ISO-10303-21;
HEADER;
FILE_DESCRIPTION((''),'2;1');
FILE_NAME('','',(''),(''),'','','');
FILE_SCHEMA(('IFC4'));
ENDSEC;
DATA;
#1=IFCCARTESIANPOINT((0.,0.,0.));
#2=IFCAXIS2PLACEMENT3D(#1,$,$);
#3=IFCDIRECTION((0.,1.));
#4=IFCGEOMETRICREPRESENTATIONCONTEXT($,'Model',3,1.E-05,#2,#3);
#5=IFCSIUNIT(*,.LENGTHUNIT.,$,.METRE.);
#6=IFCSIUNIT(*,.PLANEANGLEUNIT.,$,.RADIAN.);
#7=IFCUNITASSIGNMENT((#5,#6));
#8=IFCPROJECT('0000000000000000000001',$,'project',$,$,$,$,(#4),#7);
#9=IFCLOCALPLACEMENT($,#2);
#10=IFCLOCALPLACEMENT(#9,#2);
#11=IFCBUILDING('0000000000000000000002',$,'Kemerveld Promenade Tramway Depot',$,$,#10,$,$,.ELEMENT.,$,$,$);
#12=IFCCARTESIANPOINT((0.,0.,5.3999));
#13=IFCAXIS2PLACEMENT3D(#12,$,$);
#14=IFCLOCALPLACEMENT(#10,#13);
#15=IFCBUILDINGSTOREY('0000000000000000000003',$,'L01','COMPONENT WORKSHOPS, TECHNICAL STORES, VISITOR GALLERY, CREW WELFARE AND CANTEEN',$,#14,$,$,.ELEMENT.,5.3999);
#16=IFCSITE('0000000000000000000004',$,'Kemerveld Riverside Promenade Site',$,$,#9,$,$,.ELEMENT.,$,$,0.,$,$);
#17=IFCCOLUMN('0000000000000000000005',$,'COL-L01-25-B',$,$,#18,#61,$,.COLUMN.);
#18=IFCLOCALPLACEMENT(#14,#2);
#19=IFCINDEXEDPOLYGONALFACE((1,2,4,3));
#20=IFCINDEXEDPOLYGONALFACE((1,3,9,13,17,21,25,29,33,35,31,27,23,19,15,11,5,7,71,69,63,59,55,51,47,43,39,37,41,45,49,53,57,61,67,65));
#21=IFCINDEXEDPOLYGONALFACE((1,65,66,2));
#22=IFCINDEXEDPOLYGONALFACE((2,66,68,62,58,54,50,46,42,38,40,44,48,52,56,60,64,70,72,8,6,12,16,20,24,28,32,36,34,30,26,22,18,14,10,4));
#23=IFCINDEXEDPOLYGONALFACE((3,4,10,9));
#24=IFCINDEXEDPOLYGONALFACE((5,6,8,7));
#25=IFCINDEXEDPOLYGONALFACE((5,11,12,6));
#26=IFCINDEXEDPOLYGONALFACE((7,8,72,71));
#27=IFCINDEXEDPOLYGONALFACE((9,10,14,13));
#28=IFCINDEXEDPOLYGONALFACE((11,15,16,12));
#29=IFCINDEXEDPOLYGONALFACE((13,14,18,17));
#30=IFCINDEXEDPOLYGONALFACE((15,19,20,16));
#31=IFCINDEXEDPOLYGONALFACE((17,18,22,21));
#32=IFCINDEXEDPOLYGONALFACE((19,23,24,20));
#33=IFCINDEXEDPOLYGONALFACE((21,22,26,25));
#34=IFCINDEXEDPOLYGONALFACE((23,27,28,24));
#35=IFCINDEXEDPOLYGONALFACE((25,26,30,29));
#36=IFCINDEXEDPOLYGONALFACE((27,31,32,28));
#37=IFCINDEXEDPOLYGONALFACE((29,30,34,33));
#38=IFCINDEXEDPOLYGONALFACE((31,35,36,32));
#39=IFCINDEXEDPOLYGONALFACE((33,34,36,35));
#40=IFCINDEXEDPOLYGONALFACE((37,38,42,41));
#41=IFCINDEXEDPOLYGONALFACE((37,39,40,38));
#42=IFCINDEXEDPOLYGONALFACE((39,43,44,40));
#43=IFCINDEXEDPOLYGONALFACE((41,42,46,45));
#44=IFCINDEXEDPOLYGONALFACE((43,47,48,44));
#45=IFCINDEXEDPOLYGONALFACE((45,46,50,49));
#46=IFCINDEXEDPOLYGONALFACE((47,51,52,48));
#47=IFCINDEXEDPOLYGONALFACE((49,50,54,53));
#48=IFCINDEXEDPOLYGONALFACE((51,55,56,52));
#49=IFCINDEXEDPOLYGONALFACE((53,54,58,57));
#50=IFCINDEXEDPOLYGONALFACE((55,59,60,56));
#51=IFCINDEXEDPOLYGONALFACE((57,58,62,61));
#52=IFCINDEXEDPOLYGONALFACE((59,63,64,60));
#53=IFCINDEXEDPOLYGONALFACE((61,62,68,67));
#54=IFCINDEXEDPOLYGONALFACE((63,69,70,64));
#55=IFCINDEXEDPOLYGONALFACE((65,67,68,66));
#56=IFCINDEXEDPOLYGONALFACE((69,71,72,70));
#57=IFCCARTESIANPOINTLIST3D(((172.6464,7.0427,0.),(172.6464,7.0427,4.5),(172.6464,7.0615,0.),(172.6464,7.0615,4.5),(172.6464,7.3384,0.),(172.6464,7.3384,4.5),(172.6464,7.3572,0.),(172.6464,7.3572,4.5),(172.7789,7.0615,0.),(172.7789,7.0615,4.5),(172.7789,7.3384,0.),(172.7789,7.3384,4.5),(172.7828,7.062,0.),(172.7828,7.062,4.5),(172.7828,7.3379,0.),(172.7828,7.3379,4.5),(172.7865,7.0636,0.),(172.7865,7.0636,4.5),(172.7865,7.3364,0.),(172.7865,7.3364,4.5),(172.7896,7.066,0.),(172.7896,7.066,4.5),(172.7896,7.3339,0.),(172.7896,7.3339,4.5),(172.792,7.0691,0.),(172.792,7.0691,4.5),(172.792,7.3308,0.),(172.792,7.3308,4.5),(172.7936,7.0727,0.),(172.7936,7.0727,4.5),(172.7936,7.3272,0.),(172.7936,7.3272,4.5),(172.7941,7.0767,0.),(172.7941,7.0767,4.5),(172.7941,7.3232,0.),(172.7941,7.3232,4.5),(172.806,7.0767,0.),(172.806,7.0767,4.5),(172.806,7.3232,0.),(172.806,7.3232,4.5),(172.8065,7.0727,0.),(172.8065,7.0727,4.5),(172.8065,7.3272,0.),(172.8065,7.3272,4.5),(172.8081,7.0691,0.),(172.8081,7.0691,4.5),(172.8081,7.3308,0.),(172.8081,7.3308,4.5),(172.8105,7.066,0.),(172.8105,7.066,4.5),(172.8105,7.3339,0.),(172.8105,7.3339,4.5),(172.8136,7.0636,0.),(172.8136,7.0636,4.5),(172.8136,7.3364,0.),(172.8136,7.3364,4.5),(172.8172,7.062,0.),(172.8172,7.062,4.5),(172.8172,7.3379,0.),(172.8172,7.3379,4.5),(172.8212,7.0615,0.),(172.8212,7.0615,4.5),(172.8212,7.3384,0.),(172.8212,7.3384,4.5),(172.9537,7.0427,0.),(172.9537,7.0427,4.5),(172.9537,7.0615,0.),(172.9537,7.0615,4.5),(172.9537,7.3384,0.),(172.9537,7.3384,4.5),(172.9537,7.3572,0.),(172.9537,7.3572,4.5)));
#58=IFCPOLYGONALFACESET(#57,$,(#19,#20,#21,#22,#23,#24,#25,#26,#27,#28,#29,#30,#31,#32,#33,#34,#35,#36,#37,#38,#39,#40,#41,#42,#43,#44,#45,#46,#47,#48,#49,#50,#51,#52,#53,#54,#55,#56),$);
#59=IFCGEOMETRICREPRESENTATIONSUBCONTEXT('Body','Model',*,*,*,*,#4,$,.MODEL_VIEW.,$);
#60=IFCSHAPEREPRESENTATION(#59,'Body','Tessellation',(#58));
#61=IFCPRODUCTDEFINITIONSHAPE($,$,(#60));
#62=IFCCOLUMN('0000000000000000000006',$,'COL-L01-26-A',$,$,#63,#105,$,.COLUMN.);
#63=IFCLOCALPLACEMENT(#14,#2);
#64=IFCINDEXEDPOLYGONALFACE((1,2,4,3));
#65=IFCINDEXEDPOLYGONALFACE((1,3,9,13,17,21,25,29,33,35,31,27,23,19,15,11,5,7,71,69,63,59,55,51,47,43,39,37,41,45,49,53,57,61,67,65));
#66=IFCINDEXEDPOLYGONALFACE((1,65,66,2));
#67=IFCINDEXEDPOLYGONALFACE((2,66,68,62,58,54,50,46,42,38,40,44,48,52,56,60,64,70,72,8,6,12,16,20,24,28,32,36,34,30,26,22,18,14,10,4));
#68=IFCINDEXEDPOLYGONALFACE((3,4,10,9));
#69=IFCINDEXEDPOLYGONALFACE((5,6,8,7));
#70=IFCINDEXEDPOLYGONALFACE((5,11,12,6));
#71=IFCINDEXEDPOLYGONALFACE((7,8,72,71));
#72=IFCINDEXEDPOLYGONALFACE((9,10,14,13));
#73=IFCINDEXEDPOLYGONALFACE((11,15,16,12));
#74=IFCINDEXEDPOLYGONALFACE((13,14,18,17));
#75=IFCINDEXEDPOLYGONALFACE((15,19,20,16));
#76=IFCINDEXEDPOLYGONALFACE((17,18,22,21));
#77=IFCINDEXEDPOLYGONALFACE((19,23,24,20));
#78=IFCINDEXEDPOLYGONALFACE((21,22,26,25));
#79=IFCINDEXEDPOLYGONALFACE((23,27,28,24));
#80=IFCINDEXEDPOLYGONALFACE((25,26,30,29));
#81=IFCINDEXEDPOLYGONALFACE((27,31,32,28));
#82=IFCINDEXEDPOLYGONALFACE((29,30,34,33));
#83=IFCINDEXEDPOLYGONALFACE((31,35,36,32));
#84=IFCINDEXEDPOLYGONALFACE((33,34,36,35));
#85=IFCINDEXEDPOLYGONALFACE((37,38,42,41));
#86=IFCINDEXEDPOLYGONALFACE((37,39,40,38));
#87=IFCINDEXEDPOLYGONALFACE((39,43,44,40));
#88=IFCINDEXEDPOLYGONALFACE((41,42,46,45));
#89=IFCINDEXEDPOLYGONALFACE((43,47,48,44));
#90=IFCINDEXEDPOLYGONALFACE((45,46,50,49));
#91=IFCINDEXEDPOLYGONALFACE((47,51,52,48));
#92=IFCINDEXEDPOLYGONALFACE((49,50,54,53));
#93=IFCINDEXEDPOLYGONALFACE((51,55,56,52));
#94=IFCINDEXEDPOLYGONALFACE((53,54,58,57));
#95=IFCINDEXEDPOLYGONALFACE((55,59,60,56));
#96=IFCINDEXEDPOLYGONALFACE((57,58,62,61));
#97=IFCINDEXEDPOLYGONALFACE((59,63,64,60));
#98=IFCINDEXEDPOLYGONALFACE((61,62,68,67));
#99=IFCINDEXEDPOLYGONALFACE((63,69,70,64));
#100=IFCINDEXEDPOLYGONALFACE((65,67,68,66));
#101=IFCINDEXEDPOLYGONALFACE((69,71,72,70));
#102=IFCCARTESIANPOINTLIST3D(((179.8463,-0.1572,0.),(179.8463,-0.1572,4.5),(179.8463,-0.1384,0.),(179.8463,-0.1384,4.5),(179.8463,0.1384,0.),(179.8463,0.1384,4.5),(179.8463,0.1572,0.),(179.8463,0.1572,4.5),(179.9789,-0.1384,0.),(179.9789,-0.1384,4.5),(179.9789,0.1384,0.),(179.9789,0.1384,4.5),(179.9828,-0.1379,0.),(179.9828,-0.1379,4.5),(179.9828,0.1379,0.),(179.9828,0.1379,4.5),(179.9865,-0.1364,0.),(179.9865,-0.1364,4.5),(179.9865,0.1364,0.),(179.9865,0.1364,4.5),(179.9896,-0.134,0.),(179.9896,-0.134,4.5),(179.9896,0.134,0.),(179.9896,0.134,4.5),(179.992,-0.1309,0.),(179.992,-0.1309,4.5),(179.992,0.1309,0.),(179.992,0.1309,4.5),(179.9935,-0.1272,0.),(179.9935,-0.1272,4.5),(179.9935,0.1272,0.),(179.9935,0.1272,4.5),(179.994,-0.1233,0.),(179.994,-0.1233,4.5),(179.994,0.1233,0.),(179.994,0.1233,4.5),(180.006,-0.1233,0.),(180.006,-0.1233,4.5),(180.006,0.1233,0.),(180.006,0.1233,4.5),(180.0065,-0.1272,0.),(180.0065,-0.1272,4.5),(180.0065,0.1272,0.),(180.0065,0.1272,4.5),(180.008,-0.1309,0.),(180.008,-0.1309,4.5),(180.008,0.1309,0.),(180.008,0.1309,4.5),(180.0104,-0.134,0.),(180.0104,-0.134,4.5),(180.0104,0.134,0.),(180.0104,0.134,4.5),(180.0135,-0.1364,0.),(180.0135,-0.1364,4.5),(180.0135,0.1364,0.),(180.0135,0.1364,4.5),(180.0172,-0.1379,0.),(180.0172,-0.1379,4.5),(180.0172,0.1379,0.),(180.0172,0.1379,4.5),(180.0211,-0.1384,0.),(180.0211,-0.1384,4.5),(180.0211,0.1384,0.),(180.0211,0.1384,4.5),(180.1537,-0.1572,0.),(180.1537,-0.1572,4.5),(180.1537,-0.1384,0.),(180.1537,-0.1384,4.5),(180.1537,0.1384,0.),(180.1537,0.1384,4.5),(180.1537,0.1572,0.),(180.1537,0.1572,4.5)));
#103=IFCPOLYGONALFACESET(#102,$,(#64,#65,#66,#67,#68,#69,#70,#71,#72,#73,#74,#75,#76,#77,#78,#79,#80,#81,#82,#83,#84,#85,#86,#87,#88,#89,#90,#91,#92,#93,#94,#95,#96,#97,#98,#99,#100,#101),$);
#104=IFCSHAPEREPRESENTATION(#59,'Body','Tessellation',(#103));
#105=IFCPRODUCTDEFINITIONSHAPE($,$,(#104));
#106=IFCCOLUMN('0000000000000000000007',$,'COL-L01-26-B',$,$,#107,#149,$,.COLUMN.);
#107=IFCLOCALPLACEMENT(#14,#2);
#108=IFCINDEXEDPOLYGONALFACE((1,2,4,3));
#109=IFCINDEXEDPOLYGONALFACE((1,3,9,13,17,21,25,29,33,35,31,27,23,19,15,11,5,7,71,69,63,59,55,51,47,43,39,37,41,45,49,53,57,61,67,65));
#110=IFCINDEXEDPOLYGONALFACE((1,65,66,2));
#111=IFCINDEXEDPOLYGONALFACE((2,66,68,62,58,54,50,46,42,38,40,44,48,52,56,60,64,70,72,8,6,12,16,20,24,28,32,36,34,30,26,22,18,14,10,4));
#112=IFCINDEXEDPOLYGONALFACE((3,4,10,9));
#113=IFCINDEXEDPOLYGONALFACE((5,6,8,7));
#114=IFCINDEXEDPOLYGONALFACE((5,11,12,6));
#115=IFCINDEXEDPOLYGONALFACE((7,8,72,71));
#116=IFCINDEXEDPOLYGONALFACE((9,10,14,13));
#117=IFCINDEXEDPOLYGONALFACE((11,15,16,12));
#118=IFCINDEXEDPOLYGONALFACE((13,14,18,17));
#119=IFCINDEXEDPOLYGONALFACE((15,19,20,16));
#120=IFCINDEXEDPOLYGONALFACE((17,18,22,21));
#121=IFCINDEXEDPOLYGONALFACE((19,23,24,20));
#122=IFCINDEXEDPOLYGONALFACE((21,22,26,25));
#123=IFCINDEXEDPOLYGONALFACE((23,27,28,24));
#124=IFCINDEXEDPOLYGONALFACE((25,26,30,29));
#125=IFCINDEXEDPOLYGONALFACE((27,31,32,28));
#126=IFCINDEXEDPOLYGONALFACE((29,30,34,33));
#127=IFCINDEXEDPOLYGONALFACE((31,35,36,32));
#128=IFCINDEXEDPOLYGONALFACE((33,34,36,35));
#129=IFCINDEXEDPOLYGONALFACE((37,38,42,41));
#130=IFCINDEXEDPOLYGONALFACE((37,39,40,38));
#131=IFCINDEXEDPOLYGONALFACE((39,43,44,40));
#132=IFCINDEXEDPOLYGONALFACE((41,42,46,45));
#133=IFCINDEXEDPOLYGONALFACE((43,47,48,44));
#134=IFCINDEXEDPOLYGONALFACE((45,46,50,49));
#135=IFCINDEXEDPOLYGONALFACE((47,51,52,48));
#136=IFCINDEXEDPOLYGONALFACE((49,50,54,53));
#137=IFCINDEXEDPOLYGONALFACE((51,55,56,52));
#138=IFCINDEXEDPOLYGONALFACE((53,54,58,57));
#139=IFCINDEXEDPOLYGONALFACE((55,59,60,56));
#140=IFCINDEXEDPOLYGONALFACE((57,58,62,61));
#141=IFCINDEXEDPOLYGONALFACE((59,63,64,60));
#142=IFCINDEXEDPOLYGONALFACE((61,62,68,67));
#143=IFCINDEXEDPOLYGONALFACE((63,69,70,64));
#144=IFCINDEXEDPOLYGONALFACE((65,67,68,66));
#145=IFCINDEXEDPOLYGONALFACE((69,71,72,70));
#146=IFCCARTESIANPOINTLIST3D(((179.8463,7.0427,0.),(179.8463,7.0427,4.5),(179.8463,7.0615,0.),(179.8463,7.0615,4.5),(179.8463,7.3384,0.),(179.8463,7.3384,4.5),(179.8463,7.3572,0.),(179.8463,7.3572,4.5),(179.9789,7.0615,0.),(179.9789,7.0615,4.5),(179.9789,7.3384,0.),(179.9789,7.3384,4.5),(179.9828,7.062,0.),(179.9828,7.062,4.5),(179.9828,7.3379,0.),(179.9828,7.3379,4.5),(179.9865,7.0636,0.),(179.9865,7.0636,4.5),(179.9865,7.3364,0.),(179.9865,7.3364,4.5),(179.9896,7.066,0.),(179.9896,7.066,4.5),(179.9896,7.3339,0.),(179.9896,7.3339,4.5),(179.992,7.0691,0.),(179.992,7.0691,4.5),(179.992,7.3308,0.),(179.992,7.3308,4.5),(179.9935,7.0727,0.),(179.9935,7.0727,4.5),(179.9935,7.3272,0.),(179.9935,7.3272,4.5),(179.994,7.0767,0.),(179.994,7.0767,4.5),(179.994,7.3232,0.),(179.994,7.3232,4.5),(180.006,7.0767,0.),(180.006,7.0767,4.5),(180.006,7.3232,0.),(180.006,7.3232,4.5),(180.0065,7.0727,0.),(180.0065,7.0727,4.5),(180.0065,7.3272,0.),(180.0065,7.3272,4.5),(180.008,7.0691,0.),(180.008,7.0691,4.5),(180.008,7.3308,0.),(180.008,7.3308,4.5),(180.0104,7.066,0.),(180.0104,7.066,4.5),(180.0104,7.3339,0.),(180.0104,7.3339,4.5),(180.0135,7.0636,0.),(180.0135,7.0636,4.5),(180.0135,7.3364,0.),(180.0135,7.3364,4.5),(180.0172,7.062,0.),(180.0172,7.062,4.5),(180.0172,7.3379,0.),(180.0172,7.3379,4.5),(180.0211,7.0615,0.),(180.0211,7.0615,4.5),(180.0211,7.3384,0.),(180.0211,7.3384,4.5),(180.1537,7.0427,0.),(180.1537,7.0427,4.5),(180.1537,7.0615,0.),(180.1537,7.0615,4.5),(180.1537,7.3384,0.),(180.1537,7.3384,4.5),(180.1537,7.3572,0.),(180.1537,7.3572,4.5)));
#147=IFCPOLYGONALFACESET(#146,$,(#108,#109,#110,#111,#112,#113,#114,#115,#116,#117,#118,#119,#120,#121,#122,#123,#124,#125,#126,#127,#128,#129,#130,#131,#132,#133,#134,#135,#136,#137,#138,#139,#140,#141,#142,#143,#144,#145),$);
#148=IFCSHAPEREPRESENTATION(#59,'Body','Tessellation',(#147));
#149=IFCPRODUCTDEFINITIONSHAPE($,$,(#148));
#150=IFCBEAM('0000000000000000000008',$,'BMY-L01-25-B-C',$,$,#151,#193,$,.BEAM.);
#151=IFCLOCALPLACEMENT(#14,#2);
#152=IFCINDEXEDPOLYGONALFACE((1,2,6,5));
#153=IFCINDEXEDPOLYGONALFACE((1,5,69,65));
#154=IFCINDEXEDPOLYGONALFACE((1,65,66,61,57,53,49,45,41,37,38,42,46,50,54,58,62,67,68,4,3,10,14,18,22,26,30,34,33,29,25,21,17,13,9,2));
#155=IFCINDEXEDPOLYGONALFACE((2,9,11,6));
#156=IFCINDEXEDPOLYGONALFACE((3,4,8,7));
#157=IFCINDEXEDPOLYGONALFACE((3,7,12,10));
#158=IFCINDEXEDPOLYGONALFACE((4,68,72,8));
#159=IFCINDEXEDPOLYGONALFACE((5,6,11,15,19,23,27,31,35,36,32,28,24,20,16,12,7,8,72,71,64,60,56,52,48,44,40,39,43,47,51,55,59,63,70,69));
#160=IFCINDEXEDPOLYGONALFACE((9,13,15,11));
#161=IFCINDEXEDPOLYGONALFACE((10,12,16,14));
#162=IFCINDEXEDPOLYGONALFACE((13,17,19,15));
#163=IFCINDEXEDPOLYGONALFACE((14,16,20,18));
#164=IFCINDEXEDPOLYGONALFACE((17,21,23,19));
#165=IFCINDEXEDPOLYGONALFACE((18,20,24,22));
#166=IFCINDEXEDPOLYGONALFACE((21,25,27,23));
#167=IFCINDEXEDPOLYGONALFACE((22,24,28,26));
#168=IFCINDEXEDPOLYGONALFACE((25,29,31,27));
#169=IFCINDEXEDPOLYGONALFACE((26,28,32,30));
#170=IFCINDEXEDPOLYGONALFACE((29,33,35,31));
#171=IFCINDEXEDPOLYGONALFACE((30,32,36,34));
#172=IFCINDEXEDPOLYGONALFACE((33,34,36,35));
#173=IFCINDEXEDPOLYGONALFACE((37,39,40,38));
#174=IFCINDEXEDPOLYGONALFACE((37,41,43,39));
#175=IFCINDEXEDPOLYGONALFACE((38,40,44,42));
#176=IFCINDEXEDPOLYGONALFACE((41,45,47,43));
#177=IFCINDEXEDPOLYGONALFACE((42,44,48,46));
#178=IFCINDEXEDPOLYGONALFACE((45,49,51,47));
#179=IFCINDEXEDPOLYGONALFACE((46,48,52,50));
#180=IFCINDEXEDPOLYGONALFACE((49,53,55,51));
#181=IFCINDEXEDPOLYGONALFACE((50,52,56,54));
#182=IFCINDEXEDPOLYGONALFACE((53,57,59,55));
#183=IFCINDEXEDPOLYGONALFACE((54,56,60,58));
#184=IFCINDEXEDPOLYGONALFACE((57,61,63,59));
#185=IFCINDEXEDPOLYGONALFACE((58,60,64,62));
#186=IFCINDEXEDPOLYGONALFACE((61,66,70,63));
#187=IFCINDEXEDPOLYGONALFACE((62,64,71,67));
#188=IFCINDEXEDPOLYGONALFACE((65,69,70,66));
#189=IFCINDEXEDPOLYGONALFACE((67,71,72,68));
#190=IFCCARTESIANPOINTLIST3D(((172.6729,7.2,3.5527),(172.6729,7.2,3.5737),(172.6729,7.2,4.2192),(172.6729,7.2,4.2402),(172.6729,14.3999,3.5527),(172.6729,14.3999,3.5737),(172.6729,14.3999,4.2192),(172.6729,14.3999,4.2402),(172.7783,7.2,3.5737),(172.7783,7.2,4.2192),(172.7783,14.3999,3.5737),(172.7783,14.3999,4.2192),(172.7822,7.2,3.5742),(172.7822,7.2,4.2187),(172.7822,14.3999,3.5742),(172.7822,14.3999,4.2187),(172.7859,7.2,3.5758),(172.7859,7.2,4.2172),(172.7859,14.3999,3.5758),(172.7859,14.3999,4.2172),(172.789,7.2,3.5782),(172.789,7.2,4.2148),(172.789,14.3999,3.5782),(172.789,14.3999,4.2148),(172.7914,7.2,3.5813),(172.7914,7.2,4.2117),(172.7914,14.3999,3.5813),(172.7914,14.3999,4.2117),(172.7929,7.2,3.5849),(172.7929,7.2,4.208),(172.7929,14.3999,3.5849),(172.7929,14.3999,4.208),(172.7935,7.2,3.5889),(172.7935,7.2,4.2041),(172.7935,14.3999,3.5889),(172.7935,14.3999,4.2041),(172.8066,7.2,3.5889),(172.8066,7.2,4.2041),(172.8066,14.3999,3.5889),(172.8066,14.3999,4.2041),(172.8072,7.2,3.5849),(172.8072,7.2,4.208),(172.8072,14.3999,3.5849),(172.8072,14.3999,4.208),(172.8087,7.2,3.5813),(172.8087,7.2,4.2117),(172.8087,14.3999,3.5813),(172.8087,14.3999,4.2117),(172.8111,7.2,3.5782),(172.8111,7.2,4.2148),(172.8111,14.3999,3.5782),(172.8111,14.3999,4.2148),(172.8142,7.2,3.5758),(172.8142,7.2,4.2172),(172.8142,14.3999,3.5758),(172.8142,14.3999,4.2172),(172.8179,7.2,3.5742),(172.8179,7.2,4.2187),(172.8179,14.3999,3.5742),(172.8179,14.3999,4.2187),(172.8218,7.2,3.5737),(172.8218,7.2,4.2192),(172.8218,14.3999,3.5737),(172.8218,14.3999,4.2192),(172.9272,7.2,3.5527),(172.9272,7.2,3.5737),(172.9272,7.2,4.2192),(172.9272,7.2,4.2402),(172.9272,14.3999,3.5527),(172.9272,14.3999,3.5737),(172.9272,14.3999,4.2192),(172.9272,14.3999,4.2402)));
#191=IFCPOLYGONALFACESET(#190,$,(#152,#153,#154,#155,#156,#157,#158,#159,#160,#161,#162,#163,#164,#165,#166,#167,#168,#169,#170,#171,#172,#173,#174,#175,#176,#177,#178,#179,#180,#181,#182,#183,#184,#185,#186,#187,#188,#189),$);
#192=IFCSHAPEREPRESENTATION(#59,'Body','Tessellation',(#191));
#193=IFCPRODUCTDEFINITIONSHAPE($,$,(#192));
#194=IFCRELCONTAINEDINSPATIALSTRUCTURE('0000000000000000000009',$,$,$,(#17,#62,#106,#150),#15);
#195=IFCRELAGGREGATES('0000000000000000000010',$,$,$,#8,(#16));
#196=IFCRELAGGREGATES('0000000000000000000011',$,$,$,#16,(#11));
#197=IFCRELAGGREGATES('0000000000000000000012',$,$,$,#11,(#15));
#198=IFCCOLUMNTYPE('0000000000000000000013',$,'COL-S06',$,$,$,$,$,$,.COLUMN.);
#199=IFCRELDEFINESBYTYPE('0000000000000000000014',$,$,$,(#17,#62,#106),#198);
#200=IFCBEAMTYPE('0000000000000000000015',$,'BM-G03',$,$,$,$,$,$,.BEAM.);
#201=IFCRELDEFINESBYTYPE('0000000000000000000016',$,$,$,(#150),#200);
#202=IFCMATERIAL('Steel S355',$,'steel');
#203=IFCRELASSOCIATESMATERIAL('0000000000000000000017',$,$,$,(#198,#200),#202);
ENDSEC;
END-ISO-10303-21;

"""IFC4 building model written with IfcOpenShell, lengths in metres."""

from ifc_helpers import new_model, si_unit, direction, frame, origin, origin_2d, place, context, subcontext, project, spatial, i_section, extrude, material, material_profile, profile_set, type_object, element, save


model = new_model("IFC4")

# Units and contexts
model_context = context("Model", 3, precision=1e-05, world=origin(), true_north=direction((0.0, 1.0)))
body_context = subcontext(model_context, "Body", "Model", "MODEL_VIEW")
ifc_project = project(units=[si_unit("LENGTHUNIT", "METRE"), si_unit("PLANEANGLEUNIT", "RADIAN")], contexts=[model_context])

# Site, building, storey
site_placement = place(None, origin())
site = spatial("IfcSite", under=ifc_project, at=site_placement, Name="Kemerveld Riverside Promenade Site", CompositionType="ELEMENT", RefElevation=0.0)
building_placement = place(site_placement, origin())
building = spatial("IfcBuilding", under=site, at=building_placement, Name="Kemerveld Promenade Tramway Depot", CompositionType="ELEMENT")
storey_placement = place(building_placement, frame((0.0, 0.0, 5.3999)))
storey = spatial("IfcBuildingStorey", under=building, at=storey_placement, Name="L01", Description="COMPONENT WORKSHOPS, TECHNICAL STORES, VISITOR GALLERY, CREW WELFARE AND CANTEEN", CompositionType="ELEMENT", Elevation=5.3999)

# Columns
ifc_material_1 = material(Name="Steel S355", Category="steel")
ifc_material_profile_1 = material_profile(ifc_material_1, i_section(OverallWidth=0.3074, OverallDepth=0.3145, WebThickness=0.012, FlangeThickness=0.0188, FilletRadius=0.0151, at=origin_2d()), Name="305x305x118 UC")
ifc_profile_set_1 = profile_set([ifc_material_profile_1], Name="Steel S355")
column_type = type_object("IfcColumnType", Name="COL-S06", PredefinedType="COLUMN", material=ifc_profile_set_1)
for number, where, z_axis, x_axis, name in (
    (1, (172.8, 7.2, 0.0), (0.0, 0.0, 1.0), (1.0, 0.0, 0.0), "COL-L01-25-B"),
    (2, (180.0, 0.0, 0.0), (0.0, 0.0, 1.0), (1.0, 0.0, 0.0), "COL-L01-26-A"),
    (3, (180.0, 7.2, 0.0), (0.0, 0.0, 1.0), (1.0, 0.0, 0.0), "COL-L01-26-B"),
):
    element("IfcColumn", number, at=place(storey_placement, frame(where, z_axis=z_axis, x_axis=x_axis)), inside=storey, type_object=column_type, Name=name, PredefinedType="COLUMN", context=body_context, shape_type="SweptSolid", body=[
        extrude(i_section(OverallWidth=0.3074, OverallDepth=0.3145, WebThickness=0.012, FlangeThickness=0.0188, FilletRadius=0.0151, at=origin_2d()), origin(), (0.0, 0.0, 1.0), 4.5),
    ])

# Beam
ifc_material_profile_2 = material_profile(ifc_material_1, i_section(OverallWidth=0.2544, OverallDepth=0.6875, WebThickness=0.0132, FlangeThickness=0.021, FilletRadius=0.0151, at=origin_2d()), Name="686x254x152 UB")
ifc_profile_set_2 = profile_set([ifc_material_profile_2], Name="Steel S355")
beam_type_1 = type_object("IfcBeamType", Name="BM-G03", PredefinedType="BEAM", material=ifc_profile_set_2)
for number, where, z_axis, x_axis, name in (
    (4, (172.8, 7.2, 3.8965), (0.0, 1.0, 0.0), (-1.0, 0.0, 0.0), "BMY-L01-25-B-C"),
):
    element("IfcBeam", number, at=place(storey_placement, frame(where, z_axis=z_axis, x_axis=x_axis)), inside=storey, type_object=beam_type_1, Name=name, PredefinedType="BEAM", context=body_context, shape_type="SweptSolid", body=[
        extrude(i_section(OverallWidth=0.2544, OverallDepth=0.6875, WebThickness=0.0132, FlangeThickness=0.021, FilletRadius=0.0151, at=origin_2d()), origin(), (0.0, 0.0, 1.0), 7.2),
    ])

save(model, "model.ifc")
